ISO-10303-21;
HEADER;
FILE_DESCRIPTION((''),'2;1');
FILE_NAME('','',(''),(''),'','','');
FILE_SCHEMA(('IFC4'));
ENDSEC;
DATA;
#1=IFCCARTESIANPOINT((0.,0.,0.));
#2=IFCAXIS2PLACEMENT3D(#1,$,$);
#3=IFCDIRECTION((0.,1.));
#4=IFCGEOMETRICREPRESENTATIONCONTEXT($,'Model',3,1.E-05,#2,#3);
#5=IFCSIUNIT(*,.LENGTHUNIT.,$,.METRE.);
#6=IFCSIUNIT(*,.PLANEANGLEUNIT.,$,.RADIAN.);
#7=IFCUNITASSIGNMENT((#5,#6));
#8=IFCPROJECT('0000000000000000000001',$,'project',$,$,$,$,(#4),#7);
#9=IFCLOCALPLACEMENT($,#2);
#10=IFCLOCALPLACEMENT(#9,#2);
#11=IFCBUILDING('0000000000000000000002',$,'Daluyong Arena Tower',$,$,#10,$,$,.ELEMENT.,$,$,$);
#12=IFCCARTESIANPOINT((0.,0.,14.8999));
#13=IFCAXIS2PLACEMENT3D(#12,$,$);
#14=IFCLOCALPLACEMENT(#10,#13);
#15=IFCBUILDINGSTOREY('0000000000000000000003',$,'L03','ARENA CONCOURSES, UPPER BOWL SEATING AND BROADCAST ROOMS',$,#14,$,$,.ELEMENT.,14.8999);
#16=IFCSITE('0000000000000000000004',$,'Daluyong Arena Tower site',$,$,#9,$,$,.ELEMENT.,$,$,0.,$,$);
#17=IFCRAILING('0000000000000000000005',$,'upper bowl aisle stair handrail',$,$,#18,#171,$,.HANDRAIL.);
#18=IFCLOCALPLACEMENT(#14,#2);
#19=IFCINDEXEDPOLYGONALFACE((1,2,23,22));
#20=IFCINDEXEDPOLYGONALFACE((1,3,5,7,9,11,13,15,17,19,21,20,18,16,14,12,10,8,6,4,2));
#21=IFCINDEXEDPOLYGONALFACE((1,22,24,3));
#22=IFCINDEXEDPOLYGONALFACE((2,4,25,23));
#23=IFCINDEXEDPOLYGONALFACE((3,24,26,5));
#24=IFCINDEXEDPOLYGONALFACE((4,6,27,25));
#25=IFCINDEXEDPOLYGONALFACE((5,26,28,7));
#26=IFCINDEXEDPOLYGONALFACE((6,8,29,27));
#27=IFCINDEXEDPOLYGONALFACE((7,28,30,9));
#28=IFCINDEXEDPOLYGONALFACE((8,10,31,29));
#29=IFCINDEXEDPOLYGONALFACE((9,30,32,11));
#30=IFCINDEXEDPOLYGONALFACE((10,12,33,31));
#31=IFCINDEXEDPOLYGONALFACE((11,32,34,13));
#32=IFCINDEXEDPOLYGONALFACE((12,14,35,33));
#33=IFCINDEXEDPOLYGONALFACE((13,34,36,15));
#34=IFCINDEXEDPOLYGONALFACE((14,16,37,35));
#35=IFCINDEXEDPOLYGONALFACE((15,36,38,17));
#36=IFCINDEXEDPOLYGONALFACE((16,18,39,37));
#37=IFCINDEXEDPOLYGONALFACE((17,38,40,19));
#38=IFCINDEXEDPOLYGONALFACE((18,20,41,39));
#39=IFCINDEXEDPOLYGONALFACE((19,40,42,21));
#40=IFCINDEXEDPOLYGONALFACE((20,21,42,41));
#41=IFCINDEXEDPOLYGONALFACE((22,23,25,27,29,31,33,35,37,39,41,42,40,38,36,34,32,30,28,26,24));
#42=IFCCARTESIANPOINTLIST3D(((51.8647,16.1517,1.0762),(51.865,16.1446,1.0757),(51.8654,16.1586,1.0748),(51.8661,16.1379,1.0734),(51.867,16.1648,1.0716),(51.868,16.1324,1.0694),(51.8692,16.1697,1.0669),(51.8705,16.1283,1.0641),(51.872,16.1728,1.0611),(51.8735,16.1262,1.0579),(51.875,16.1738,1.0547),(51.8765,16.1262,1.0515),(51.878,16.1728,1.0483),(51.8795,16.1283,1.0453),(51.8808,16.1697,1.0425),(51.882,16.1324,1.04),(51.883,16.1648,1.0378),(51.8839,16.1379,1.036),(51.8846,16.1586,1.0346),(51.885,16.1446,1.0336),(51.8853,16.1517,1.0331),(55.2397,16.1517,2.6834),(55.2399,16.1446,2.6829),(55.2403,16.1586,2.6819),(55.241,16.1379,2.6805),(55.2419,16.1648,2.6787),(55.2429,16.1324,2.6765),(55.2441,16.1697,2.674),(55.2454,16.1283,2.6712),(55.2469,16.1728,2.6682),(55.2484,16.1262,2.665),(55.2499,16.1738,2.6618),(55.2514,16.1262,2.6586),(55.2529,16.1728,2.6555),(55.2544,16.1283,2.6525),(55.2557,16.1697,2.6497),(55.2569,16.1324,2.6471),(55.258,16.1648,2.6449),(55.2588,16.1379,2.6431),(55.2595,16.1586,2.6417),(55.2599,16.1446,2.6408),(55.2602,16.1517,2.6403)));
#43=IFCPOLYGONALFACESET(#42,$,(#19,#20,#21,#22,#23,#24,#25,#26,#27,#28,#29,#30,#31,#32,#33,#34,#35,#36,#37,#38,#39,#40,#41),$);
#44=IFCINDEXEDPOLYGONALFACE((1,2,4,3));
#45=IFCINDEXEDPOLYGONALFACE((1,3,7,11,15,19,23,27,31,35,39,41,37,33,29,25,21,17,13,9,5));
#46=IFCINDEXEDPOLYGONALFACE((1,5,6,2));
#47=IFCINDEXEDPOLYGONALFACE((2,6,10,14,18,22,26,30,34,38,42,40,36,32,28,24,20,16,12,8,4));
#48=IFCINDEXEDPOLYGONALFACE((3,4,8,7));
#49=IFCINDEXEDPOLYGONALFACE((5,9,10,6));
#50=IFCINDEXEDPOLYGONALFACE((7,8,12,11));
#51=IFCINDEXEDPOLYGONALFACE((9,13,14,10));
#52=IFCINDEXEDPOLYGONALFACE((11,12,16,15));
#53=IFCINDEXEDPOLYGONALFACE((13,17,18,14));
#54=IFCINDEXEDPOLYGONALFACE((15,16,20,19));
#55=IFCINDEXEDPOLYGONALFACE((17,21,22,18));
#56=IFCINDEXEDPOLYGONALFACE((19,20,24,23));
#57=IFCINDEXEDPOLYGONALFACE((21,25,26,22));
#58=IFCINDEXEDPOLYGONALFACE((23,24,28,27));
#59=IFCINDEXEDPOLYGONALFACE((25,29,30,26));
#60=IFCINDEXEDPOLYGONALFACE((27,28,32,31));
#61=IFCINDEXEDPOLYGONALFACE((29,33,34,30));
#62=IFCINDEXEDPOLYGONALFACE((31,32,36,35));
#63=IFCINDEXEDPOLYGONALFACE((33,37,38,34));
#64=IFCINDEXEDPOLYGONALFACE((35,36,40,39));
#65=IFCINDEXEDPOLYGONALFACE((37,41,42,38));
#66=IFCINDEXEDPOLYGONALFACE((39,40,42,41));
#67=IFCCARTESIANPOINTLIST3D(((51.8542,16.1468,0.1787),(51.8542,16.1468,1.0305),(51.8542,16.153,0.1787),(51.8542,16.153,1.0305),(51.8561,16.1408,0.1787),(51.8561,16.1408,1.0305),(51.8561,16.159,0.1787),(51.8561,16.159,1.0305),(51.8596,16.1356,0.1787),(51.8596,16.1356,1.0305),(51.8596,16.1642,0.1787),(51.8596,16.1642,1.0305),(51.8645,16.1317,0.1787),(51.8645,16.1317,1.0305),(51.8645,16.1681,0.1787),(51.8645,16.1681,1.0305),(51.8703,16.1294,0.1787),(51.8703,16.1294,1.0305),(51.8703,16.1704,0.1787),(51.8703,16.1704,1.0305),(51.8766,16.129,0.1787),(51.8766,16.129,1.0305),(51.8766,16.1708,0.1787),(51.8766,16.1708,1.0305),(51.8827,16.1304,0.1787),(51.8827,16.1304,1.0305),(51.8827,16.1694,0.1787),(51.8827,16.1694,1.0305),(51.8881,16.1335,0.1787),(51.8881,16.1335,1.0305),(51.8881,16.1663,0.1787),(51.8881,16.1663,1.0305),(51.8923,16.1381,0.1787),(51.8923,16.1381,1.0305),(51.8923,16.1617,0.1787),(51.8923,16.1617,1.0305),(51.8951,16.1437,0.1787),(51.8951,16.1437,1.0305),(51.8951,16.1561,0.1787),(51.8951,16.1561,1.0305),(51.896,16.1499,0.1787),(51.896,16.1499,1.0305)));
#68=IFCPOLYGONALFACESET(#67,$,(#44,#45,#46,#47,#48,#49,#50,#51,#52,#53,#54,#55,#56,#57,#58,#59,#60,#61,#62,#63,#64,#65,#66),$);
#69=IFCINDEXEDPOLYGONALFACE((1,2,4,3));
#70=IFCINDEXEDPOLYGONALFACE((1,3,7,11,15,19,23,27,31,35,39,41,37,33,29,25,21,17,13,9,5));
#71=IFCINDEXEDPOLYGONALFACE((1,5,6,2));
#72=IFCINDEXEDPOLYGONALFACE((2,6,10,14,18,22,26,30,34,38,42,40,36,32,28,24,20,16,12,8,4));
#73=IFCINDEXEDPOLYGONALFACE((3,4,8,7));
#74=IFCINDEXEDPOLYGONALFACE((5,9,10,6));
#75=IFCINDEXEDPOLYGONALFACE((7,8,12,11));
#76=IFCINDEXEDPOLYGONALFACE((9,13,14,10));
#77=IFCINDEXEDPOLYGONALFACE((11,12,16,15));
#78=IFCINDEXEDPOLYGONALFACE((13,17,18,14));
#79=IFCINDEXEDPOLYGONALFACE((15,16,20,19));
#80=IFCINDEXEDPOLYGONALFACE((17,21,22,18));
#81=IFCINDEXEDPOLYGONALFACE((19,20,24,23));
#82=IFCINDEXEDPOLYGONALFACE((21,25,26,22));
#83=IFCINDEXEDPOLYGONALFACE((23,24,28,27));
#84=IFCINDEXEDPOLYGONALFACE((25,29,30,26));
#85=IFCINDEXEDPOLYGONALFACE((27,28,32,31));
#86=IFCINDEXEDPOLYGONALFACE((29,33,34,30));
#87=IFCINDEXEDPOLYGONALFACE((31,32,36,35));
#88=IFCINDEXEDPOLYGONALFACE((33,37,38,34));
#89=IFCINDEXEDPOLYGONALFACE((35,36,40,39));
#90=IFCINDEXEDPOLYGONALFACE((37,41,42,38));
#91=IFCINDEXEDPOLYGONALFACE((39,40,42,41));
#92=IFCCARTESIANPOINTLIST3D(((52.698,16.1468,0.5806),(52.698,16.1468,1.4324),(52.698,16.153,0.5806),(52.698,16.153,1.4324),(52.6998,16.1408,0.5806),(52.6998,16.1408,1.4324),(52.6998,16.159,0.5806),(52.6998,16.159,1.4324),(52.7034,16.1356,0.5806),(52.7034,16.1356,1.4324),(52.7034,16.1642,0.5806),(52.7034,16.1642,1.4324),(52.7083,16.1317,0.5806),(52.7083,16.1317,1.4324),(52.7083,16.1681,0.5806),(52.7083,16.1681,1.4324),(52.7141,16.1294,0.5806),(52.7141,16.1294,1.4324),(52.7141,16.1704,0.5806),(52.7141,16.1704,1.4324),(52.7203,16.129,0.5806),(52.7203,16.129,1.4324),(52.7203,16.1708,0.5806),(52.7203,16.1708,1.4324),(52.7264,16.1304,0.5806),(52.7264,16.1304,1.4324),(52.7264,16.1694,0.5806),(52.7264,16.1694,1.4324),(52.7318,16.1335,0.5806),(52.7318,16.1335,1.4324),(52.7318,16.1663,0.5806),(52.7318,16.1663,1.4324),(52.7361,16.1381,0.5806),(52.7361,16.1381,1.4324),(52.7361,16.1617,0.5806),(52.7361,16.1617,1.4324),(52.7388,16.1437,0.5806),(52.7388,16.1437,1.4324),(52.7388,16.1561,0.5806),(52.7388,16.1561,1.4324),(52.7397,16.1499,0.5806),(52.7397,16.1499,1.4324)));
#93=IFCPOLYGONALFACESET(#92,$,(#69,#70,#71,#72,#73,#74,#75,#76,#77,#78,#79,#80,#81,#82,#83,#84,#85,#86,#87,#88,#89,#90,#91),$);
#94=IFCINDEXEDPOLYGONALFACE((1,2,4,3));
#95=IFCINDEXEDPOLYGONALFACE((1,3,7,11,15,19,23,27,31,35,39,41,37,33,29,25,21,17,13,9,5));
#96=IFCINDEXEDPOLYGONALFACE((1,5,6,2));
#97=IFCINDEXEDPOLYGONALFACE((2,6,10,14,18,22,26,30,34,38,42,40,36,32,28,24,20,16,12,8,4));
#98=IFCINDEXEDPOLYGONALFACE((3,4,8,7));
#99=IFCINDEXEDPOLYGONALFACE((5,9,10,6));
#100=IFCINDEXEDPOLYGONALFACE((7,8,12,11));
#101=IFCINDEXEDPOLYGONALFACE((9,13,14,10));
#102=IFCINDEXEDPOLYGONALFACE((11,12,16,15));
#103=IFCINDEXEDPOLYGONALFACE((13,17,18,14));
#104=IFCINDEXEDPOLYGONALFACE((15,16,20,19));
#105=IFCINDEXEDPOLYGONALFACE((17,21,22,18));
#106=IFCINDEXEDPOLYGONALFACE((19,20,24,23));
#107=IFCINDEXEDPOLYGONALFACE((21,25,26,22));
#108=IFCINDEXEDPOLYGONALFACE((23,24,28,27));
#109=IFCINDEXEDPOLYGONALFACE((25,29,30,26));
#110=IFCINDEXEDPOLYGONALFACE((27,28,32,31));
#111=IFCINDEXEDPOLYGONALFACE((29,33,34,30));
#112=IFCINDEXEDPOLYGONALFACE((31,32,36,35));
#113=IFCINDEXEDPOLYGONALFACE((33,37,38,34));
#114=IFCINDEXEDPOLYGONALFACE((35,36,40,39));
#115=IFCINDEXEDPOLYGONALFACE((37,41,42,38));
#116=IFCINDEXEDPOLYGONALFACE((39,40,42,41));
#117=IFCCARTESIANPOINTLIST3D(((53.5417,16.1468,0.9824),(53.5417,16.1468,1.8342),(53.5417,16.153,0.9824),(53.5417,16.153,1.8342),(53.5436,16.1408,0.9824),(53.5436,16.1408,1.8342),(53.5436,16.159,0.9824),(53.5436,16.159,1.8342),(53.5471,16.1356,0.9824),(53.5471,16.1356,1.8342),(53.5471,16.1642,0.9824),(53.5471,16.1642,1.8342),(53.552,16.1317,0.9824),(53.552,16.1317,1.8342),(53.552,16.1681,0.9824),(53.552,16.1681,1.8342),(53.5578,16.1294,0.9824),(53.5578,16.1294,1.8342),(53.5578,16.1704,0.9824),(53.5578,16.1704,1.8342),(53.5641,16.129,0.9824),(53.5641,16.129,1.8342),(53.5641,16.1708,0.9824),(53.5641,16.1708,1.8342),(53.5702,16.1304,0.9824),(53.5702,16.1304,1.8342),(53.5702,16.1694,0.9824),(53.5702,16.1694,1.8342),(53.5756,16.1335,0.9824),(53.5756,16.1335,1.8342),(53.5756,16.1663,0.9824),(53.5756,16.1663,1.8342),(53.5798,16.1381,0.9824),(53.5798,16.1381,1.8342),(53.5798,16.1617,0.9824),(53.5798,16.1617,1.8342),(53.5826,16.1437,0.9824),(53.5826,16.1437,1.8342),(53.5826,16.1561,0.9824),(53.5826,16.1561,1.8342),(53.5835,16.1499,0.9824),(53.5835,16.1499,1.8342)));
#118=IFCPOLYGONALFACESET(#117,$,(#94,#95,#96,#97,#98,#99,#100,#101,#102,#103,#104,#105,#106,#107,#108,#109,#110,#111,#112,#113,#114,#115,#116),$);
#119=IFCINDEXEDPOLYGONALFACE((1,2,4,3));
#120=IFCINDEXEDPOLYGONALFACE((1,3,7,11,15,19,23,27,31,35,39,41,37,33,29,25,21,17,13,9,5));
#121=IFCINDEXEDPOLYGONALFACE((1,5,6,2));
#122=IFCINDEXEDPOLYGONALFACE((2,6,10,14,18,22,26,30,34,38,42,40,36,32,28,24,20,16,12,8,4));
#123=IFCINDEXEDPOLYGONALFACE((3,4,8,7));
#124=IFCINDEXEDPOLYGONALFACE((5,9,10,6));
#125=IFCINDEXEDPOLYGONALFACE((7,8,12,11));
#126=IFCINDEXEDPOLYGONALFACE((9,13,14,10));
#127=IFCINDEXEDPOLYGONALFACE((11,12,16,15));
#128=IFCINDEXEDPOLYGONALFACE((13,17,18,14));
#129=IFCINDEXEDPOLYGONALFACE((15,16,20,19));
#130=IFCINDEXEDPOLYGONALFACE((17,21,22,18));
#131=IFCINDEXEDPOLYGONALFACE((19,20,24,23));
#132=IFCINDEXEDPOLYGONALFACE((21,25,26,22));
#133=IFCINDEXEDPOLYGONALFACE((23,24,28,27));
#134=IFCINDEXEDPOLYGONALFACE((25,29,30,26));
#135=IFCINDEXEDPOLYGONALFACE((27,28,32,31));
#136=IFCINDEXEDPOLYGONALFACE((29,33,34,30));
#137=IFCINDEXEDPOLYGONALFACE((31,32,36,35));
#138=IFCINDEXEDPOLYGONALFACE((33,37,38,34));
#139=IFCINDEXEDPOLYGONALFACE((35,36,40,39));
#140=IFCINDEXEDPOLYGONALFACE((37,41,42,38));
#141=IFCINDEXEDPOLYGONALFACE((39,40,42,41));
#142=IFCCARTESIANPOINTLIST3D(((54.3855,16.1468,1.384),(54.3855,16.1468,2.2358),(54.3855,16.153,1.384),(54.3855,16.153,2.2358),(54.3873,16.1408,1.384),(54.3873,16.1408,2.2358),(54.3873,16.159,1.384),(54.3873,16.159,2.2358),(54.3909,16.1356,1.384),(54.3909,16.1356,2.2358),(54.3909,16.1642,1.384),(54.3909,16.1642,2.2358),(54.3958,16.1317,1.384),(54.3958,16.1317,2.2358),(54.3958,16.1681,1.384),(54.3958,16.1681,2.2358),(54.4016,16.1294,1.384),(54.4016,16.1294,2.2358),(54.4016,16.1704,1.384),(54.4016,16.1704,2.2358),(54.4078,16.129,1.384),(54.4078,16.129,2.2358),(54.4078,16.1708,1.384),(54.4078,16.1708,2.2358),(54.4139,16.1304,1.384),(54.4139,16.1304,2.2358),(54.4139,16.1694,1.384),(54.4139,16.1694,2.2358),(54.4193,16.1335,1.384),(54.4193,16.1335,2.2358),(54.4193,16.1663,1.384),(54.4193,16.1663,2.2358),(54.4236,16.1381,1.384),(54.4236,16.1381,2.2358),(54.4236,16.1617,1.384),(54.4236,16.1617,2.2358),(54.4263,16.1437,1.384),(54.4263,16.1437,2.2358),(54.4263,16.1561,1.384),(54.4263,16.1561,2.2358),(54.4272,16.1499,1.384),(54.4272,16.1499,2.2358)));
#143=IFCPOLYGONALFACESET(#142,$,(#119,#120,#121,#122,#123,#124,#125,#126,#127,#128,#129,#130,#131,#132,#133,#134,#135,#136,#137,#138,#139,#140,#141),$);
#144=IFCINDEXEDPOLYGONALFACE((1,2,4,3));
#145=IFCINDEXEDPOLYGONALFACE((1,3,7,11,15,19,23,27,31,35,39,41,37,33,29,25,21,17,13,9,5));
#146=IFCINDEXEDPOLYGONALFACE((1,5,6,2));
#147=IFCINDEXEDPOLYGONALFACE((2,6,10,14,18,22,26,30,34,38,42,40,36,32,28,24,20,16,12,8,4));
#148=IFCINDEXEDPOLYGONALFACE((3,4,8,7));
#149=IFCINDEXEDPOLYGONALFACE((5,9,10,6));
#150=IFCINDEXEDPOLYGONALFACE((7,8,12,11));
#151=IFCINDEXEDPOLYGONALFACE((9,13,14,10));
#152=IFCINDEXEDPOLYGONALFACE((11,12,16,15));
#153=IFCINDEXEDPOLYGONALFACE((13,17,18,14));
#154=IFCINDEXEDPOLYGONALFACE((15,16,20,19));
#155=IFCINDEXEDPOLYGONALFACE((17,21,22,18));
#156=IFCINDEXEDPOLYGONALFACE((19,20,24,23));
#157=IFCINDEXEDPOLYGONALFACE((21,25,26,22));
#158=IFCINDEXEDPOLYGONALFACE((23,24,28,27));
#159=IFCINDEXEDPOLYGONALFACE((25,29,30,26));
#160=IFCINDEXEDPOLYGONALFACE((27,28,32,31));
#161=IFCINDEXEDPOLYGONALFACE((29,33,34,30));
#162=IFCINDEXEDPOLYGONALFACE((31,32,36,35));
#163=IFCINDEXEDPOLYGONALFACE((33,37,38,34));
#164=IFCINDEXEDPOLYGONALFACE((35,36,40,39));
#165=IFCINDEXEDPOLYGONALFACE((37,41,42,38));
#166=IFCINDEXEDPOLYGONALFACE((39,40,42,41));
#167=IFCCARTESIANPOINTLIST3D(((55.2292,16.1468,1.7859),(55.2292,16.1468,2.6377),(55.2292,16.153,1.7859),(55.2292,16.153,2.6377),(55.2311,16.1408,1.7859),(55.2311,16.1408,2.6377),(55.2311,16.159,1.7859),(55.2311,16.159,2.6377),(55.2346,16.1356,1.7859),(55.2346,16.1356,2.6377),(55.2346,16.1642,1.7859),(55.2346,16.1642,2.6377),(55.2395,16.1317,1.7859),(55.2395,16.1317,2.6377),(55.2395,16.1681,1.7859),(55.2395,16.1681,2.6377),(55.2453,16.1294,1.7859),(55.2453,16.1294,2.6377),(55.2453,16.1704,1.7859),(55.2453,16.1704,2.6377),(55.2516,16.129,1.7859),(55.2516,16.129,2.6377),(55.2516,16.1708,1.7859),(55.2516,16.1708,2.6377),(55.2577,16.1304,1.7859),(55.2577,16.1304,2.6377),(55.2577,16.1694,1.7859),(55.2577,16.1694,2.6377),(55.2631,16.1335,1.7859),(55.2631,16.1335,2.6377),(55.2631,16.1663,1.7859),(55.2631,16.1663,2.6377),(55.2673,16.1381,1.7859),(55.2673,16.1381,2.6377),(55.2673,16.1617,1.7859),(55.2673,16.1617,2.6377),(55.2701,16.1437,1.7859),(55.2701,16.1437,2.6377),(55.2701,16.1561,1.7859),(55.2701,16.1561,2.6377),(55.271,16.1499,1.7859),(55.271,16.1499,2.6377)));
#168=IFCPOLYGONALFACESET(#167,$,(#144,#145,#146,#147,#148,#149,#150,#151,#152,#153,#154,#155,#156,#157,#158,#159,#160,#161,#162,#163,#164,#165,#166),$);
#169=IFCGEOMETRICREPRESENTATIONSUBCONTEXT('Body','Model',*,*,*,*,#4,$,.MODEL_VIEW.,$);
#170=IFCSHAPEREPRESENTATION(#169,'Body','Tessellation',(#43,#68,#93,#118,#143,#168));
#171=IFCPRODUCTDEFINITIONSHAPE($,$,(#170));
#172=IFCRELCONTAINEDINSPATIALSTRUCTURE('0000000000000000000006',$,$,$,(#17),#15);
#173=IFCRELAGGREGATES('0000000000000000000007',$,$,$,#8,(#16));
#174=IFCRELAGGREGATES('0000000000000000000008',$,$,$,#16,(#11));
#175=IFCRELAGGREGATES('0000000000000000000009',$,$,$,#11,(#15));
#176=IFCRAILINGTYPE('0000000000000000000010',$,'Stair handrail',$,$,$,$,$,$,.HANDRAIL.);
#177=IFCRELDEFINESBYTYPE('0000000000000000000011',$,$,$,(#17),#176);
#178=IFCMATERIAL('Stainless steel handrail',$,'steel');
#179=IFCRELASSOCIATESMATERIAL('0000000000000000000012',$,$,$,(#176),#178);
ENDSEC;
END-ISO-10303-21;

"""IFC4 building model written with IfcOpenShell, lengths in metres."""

from ifc_helpers import new_model, si_unit, direction, frame, origin, origin_2d, place, context, subcontext, project, spatial, circle, extrude, material, type_object, element, save


model = new_model("IFC4")

# Units and contexts
model_context = context("Model", 3, precision=1e-05, world=origin(), true_north=direction((0.0, 1.0)))
body_context = subcontext(model_context, "Body", "Model", "MODEL_VIEW")
ifc_project = project(units=[si_unit("LENGTHUNIT", "METRE"), si_unit("PLANEANGLEUNIT", "RADIAN")], contexts=[model_context])

# Site, building, storey
site_placement = place(None, origin())
site = spatial("IfcSite", under=ifc_project, at=site_placement, Name="Daluyong Arena Tower site", CompositionType="ELEMENT", RefElevation=0.0)
building_placement = place(site_placement, origin())
building = spatial("IfcBuilding", under=site, at=building_placement, Name="Daluyong Arena Tower", CompositionType="ELEMENT")
storey_placement = place(building_placement, frame((0.0, 0.0, 14.8999)))
storey = spatial("IfcBuildingStorey", under=building, at=storey_placement, Name="L03", Description="ARENA CONCOURSES, UPPER BOWL SEATING AND BROADCAST ROOMS", CompositionType="ELEMENT", Elevation=14.8999)

# Railing
ifc_material_1 = material(Name="Stainless steel handrail", Category="steel")
railing_type_1 = type_object("IfcRailingType", Name="Stair handrail", PredefinedType="HANDRAIL", material=ifc_material_1)
for number, where, name in (
    (1, (51.875, 16.1499, 0.1787), "upper bowl aisle stair handrail"),
):
    element("IfcRailing", number, at=place(storey_placement, frame(where)), inside=storey, type_object=railing_type_1, Name=name, PredefinedType="HANDRAIL", context=body_context, shape_type="SweptSolid", body=[
        extrude(circle(Radius=0.0239, at=origin_2d()), frame((0.0, 0.0, 0.876), z_axis=(0.902857, 0.0, 0.429941), x_axis=(0.0, 1.0, 0.0)), (0.0, 0.0, 1.0), 3.738),
        extrude(circle(Radius=0.021, at=origin_2d()), origin(), (0.0, 0.0, 1.0), 0.8518),
        extrude(circle(Radius=0.021, at=origin_2d()), frame((0.8438, 0.0, 0.4019)), (0.0, 0.0, 1.0), 0.8518),
        extrude(circle(Radius=0.021, at=origin_2d()), frame((1.6875, 0.0, 0.8037)), (0.0, 0.0, 1.0), 0.8518),
        extrude(circle(Radius=0.021, at=origin_2d()), frame((2.5312, 0.0, 1.2053)), (0.0, 0.0, 1.0), 0.8518),
        extrude(circle(Radius=0.021, at=origin_2d()), frame((3.375, 0.0, 1.6072)), (0.0, 0.0, 1.0), 0.8518),
    ])

save(model, "model.ifc")
